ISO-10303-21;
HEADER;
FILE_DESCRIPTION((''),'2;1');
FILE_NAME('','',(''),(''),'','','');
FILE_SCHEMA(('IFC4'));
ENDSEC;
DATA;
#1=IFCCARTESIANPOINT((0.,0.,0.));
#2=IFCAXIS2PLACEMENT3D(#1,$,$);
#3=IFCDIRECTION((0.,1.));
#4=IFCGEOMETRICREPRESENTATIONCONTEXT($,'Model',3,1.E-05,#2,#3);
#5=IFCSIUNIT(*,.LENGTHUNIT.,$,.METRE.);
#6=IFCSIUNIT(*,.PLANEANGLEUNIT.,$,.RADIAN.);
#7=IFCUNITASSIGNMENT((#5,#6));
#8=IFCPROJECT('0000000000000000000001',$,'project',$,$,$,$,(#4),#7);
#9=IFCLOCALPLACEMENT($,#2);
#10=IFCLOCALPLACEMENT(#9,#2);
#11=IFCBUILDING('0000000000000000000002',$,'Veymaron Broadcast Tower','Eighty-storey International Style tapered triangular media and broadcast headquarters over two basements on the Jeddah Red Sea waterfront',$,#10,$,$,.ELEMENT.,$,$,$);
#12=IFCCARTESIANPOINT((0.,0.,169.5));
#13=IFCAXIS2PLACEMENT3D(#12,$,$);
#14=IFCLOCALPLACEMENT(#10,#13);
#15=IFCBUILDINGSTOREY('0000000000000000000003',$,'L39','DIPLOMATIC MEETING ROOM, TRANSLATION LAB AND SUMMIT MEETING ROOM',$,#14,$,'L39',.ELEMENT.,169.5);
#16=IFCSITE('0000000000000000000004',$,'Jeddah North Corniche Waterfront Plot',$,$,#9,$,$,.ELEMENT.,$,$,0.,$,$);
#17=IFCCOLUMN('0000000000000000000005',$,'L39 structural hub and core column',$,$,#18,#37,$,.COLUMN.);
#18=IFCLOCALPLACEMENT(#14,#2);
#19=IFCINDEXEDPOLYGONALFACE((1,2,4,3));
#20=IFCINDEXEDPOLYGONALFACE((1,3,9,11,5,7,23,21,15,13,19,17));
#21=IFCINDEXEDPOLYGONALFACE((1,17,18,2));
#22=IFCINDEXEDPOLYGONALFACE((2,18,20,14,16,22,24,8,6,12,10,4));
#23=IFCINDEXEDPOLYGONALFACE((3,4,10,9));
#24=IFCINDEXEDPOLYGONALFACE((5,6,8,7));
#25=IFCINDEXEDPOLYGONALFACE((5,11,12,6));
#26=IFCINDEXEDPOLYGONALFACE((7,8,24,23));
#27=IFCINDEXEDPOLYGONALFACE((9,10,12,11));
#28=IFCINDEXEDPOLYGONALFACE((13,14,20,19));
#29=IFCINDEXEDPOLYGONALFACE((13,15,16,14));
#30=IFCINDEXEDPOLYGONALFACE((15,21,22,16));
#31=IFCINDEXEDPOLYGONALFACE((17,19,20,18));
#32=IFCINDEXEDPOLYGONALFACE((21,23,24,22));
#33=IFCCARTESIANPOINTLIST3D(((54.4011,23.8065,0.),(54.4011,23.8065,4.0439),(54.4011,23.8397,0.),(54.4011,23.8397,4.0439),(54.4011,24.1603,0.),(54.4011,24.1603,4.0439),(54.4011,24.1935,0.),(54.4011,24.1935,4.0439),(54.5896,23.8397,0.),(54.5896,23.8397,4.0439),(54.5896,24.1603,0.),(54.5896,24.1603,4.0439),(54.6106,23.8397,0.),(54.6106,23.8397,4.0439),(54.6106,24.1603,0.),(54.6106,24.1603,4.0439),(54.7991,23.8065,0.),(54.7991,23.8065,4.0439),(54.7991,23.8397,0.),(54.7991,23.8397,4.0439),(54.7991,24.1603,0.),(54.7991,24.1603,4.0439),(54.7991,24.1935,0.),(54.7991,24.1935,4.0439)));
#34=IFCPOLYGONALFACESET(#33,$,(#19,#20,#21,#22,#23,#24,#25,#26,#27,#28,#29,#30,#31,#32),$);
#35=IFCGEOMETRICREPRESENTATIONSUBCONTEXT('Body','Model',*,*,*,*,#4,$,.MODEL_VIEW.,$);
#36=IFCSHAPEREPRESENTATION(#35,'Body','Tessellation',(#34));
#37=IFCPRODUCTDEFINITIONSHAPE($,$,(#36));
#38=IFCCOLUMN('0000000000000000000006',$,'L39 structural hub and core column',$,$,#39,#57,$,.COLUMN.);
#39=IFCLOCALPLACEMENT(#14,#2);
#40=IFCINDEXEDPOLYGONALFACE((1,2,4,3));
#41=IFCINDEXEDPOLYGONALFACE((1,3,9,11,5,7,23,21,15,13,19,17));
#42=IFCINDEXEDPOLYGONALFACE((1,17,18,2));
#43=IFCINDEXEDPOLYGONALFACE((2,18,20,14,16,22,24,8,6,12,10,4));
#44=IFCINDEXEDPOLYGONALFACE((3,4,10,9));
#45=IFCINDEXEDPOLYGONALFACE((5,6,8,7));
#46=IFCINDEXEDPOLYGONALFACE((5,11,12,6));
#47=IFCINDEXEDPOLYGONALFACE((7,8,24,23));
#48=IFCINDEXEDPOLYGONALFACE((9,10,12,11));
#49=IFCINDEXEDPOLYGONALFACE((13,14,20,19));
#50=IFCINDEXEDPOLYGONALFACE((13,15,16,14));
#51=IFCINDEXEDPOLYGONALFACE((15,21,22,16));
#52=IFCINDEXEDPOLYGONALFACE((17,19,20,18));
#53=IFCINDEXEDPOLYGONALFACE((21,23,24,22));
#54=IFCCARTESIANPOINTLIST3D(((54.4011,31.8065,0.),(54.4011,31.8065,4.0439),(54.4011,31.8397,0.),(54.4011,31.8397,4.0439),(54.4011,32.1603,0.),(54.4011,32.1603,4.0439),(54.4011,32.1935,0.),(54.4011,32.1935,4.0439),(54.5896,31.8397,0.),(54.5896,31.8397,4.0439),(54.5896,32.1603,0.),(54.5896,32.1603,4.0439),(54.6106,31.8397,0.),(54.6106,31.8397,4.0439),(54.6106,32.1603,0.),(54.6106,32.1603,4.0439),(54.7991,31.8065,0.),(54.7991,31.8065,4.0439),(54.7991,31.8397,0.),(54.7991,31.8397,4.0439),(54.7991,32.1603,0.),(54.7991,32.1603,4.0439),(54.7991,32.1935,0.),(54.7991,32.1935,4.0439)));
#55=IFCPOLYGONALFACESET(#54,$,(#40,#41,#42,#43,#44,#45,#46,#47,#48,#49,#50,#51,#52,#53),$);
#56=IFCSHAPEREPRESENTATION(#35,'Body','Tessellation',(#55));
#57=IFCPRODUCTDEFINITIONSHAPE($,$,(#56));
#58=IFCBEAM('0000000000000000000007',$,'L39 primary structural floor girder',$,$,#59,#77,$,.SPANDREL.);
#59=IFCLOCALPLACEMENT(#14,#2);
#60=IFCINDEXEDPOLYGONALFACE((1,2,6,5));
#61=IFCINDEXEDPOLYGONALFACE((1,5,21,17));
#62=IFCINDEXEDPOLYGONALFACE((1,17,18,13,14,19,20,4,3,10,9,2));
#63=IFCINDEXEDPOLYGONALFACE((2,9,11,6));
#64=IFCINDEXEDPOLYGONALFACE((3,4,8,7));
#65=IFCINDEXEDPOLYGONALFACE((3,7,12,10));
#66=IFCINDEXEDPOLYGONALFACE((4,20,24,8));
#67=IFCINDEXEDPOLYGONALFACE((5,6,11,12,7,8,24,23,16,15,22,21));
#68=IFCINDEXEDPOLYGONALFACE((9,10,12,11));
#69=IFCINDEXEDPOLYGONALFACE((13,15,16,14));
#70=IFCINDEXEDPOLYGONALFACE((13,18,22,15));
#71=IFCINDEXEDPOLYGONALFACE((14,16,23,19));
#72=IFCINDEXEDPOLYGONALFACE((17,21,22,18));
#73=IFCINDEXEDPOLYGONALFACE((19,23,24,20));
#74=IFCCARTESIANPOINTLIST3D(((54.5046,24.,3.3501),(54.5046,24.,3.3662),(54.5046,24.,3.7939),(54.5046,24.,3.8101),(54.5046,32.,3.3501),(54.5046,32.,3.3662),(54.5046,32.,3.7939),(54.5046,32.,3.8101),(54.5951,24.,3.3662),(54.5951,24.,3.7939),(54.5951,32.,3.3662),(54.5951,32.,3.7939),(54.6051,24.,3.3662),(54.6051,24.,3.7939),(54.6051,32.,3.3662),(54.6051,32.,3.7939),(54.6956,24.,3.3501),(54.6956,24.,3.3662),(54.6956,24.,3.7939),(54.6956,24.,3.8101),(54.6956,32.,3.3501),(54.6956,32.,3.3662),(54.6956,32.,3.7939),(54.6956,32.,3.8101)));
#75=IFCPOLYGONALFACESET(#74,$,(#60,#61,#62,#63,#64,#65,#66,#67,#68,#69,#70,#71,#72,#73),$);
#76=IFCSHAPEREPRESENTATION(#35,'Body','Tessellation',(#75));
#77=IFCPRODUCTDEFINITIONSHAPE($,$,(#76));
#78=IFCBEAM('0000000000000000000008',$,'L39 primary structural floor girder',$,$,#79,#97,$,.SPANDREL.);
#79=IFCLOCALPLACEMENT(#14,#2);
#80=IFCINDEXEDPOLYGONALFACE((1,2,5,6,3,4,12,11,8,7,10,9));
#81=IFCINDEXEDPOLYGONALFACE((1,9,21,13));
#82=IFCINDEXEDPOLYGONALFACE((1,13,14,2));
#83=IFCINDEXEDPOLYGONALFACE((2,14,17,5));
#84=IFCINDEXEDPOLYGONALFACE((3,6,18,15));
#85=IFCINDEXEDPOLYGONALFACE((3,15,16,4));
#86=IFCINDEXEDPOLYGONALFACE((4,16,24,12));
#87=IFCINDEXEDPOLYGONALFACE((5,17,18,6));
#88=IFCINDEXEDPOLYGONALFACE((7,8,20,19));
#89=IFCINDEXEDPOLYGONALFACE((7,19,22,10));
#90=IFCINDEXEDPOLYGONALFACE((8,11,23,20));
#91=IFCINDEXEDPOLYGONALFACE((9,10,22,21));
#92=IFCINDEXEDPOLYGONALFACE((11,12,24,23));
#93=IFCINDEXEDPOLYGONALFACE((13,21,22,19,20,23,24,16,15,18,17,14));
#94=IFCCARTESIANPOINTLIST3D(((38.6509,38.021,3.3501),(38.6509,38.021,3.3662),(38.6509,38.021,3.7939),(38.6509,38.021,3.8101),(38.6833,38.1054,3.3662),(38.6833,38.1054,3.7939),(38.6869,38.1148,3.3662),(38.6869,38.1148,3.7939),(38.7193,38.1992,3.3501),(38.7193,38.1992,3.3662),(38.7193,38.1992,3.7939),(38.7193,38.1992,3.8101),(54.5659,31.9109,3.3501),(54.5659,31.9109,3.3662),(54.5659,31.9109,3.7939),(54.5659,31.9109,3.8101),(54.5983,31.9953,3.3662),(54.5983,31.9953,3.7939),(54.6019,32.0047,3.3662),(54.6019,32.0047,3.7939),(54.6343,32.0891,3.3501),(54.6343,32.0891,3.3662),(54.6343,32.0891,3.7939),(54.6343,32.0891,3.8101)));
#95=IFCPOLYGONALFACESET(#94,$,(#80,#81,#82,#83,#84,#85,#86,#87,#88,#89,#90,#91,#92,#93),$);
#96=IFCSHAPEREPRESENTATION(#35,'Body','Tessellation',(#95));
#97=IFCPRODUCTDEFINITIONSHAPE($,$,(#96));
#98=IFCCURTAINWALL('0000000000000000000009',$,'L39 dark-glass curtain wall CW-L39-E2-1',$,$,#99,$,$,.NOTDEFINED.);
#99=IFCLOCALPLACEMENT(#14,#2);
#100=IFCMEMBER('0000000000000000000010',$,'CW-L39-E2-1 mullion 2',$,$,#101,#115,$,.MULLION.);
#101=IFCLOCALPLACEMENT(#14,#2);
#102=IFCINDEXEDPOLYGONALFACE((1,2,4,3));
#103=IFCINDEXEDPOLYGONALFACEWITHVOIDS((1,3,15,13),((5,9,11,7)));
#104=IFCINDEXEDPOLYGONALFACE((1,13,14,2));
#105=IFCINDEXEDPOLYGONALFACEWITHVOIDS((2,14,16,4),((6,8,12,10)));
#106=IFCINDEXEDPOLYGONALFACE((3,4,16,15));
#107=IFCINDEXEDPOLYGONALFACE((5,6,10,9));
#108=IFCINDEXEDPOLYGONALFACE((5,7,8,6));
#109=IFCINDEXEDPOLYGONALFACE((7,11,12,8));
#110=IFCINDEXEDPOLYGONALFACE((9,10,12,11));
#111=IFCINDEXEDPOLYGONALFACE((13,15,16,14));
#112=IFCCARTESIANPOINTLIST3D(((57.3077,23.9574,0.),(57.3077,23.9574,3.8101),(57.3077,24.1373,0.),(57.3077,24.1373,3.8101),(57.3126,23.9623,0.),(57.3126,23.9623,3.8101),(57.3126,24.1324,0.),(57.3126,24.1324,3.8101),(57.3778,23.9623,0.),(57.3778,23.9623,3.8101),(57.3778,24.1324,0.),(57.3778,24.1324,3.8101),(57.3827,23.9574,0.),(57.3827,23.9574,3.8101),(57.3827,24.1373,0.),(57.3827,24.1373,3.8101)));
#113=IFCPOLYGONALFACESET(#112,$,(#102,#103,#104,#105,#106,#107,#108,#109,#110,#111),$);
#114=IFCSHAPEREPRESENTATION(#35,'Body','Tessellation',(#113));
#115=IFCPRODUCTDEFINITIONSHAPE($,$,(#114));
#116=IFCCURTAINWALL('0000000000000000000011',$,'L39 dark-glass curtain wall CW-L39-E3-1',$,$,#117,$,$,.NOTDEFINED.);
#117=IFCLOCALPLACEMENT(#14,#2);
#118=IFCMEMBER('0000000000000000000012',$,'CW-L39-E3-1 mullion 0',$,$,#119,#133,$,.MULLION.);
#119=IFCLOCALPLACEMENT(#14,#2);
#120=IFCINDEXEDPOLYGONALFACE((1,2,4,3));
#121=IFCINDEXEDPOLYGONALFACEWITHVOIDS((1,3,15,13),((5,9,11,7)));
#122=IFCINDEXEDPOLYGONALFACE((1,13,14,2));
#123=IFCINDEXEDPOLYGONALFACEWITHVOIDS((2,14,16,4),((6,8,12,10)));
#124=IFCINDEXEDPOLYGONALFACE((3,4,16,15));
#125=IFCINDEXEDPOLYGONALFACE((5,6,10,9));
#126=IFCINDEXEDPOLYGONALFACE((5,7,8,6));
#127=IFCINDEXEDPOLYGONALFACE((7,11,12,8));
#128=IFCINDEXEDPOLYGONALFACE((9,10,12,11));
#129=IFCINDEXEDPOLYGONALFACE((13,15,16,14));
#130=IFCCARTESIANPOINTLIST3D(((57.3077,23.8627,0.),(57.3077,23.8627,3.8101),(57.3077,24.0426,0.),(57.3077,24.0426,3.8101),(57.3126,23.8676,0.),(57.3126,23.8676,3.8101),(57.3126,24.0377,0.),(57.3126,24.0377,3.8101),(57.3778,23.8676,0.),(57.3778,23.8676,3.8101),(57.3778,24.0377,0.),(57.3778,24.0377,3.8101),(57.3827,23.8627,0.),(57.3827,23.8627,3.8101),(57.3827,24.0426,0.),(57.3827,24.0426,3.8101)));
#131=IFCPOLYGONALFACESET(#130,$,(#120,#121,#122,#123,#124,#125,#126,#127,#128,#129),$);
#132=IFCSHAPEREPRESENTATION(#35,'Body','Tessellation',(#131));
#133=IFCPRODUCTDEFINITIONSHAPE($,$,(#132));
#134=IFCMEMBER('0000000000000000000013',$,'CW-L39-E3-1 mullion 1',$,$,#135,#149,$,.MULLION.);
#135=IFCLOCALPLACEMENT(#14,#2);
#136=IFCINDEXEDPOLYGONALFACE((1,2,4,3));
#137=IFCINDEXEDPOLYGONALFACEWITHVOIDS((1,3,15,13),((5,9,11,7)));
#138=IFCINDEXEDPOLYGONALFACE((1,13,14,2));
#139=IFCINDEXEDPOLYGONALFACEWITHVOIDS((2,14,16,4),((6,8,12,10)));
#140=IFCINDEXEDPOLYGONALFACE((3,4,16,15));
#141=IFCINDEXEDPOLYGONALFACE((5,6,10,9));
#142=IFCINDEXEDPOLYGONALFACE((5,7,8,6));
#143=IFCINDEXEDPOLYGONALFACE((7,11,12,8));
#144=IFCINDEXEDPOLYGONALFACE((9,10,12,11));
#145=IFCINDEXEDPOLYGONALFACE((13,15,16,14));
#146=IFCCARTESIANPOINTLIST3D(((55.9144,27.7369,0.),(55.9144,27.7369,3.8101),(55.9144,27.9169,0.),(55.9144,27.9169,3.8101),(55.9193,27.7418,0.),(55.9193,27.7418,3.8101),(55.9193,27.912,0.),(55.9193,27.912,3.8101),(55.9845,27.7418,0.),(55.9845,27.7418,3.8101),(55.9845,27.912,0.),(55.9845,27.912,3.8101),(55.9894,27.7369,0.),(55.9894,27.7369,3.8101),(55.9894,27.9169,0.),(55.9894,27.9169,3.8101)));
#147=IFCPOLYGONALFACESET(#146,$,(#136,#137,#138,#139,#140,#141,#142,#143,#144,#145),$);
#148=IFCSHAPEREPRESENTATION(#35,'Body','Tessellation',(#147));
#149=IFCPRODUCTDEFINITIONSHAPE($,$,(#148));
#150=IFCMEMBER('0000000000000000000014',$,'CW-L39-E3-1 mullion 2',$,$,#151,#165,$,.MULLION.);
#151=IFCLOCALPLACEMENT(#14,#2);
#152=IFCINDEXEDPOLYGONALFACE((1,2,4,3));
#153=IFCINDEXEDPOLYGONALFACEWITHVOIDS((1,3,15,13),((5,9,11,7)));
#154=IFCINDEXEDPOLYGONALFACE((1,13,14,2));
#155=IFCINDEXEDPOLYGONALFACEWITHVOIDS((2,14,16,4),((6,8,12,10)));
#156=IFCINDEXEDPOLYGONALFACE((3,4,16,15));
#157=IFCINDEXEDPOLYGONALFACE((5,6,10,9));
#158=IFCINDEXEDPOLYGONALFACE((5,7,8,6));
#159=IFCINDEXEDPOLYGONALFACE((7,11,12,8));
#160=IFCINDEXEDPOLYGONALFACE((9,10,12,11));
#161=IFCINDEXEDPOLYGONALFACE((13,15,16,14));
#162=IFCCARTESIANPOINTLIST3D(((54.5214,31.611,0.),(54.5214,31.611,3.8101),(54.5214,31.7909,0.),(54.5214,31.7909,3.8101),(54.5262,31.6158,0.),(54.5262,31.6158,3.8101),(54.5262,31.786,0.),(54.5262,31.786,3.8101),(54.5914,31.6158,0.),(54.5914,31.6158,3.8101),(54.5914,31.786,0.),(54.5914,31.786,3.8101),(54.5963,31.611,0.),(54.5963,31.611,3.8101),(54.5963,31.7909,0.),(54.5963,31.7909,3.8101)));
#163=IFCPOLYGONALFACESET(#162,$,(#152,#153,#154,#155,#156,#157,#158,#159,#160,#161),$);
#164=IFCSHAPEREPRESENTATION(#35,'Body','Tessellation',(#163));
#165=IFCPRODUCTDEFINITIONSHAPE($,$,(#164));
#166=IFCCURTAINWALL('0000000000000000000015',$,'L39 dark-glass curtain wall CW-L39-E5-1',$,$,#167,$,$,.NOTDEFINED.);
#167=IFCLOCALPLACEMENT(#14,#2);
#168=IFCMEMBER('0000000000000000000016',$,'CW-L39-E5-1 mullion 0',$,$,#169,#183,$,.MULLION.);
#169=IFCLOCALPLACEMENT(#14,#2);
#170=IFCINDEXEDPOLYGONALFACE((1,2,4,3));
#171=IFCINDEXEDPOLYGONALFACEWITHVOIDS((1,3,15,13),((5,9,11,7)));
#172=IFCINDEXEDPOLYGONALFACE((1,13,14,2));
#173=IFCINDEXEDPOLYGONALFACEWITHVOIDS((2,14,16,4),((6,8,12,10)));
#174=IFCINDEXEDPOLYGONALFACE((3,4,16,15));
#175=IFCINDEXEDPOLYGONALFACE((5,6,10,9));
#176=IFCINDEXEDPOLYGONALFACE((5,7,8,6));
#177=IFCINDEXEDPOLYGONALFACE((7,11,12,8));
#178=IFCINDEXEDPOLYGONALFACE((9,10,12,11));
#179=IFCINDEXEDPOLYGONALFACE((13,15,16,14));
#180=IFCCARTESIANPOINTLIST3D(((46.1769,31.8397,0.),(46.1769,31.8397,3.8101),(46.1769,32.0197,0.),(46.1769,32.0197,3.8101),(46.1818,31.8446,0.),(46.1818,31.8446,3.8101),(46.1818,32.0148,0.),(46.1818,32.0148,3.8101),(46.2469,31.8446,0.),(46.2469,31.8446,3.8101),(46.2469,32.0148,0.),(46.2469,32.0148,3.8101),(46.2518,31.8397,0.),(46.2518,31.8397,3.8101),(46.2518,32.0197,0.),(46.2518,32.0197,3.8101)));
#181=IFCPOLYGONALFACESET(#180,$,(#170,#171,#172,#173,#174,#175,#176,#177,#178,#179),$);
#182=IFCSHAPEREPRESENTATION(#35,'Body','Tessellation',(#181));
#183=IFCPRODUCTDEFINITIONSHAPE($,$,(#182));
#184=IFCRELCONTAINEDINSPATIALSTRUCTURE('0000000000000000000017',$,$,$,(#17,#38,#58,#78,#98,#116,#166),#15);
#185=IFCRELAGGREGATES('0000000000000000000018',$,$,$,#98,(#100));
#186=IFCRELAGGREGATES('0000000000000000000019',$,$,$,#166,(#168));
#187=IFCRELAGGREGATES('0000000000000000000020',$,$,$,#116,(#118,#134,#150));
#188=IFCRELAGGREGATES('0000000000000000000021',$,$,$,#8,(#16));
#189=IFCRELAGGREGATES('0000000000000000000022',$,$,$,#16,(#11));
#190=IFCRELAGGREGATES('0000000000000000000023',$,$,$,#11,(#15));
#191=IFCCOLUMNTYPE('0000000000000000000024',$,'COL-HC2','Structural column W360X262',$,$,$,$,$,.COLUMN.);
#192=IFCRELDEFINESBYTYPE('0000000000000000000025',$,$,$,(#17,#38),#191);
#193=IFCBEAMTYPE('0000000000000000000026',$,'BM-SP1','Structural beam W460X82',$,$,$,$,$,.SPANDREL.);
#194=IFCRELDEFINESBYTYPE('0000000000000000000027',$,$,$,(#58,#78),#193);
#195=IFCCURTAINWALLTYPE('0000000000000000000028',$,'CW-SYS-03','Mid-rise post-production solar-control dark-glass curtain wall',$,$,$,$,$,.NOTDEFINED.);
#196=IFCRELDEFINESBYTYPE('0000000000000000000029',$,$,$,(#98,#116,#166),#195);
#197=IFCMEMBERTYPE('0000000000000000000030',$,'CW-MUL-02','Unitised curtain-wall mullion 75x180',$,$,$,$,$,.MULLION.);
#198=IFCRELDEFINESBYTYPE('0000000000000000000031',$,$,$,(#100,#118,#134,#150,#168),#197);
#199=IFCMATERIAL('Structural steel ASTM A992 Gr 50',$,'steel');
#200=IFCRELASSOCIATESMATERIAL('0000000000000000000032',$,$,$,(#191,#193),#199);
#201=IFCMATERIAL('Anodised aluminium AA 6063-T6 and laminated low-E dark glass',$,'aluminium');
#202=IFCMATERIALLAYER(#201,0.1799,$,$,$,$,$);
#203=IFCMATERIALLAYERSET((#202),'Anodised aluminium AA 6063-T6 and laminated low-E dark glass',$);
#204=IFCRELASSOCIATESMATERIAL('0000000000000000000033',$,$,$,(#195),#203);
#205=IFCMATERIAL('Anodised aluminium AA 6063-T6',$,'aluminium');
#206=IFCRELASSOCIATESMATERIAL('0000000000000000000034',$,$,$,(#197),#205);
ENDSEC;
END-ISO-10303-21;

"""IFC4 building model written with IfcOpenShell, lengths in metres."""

from ifc_helpers import new_model, si_unit, direction, frame, origin, origin_2d, place, context, subcontext, project, spatial, hollow_rectangle, i_section, extrude, material, layer, layer_set, material_profile, profile_set, type_object, element, aggregate, save


model = new_model("IFC4")

# Units and contexts
model_context = context("Model", 3, precision=1e-05, world=origin(), true_north=direction((0.0, 1.0)))
body_context = subcontext(model_context, "Body", "Model", "MODEL_VIEW")
ifc_project = project(units=[si_unit("LENGTHUNIT", "METRE"), si_unit("PLANEANGLEUNIT", "RADIAN")], contexts=[model_context])

# Site, building, storey
site_placement = place(None, origin())
site = spatial("IfcSite", under=ifc_project, at=site_placement, Name="Jeddah North Corniche Waterfront Plot", CompositionType="ELEMENT", RefElevation=0.0)
building_placement = place(site_placement, origin())
building = spatial("IfcBuilding", under=site, at=building_placement, Name="Veymaron Broadcast Tower", Description="Eighty-storey International Style tapered triangular media and broadcast headquarters over two basements on the Jeddah Red Sea waterfront", CompositionType="ELEMENT")
storey_placement = place(building_placement, frame((0.0, 0.0, 169.5)))
storey = spatial("IfcBuildingStorey", under=building, at=storey_placement, Name="L39", Description="DIPLOMATIC MEETING ROOM, TRANSLATION LAB AND SUMMIT MEETING ROOM", LongName="L39", CompositionType="ELEMENT", Elevation=169.5)

# Columns
ifc_material_1 = material(Name="Structural steel ASTM A992 Gr 50", Category="steel")
ifc_material_profile_1 = material_profile(ifc_material_1, i_section(OverallWidth=0.3979, OverallDepth=0.387, WebThickness=0.021, FlangeThickness=0.0332, at=origin_2d()), Name="W360X262")
ifc_profile_set_1 = profile_set([ifc_material_profile_1], Name="Structural steel ASTM A992 Gr 50")
column_type = type_object("IfcColumnType", Name="COL-HC2", Description="Structural column W360X262", PredefinedType="COLUMN", material=ifc_profile_set_1)
for number, where, z_axis, x_axis, name in (
    (1, (54.6001, 24.0, 0.0), (0.0, 0.0, 1.0), (1.0, 0.0, 0.0), "L39 structural hub and core column"),
    (2, (54.6001, 32.0, 0.0), (0.0, 0.0, 1.0), (1.0, 0.0, 0.0), "L39 structural hub and core column"),
):
    element("IfcColumn", number, at=place(storey_placement, frame(where, z_axis=z_axis, x_axis=x_axis)), inside=storey, type_object=column_type, Name=name, PredefinedType="COLUMN", context=body_context, shape_type="SweptSolid", body=[
        extrude(i_section(OverallWidth=0.3979, OverallDepth=0.387, WebThickness=0.021, FlangeThickness=0.0332, at=origin_2d()), origin(), (0.0, 0.0, 1.0), 4.0439),
    ])

# Beams
ifc_material_profile_2 = material_profile(ifc_material_1, i_section(OverallWidth=0.1909, OverallDepth=0.46, WebThickness=0.01, FlangeThickness=0.0161, at=origin_2d()), Name="W460X82")
ifc_profile_set_2 = profile_set([ifc_material_profile_2], Name="Structural steel ASTM A992 Gr 50")
beam_type = type_object("IfcBeamType", Name="BM-SP1", Description="Structural beam W460X82", PredefinedType="SPANDREL", material=ifc_profile_set_2)
beam_1_placement = place(storey_placement, frame((54.6001, 24.0, 3.5801), z_axis=(0.0, 1.0, 0.0), x_axis=(-1.0, 0.0, 0.0)))
element("IfcBeam", 3, at=beam_1_placement, inside=storey, type_object=beam_type, Name="L39 primary structural floor girder", PredefinedType="SPANDREL", context=body_context, shape_type="SweptSolid", body=[
    extrude(i_section(OverallWidth=0.1909, OverallDepth=0.46, WebThickness=0.01, FlangeThickness=0.0161, at=origin_2d()), origin(), (0.0, 0.0, 1.0), 8.0),
])
beam_2_placement = place(storey_placement, frame((54.6001, 32.0, 3.5801), z_axis=(-0.933563, 0.358414, 0.0), x_axis=(-0.358414, -0.933563, 0.0)))
element("IfcBeam", 4, at=beam_2_placement, inside=storey, type_object=beam_type, Name="L39 primary structural floor girder", PredefinedType="SPANDREL", context=body_context, shape_type="SweptSolid", body=[
    extrude(i_section(OverallWidth=0.1909, OverallDepth=0.46, WebThickness=0.01, FlangeThickness=0.0161, at=origin_2d()), origin(), (0.0, 0.0, 1.0), 17.0476),
])

# Curtain wall, member
ifc_material_2 = material(Name="Anodised aluminium AA 6063-T6 and laminated low-E dark glass", Category="aluminium")
ifc_layer_1 = layer(ifc_material_2, 0.1799)
ifc_layer_set_1 = layer_set([ifc_layer_1], Name="Anodised aluminium AA 6063-T6 and laminated low-E dark glass")
curtain_wall_type = type_object("IfcCurtainWallType", Name="CW-SYS-03", Description="Mid-rise post-production solar-control dark-glass curtain wall", PredefinedType="NOTDEFINED", material=ifc_layer_set_1)
curtain_wall_1_placement = place(storey_placement, origin())
curtain_wall_1 = element("IfcCurtainWall", 5, at=curtain_wall_1_placement, inside=storey, type_object=curtain_wall_type, Name="L39 dark-glass curtain wall CW-L39-E2-1", PredefinedType="NOTDEFINED")
ifc_material_3 = material(Name="Anodised aluminium AA 6063-T6", Category="aluminium")
ifc_material_profile_3 = material_profile(ifc_material_3, hollow_rectangle(XDim=0.075, YDim=0.1799, WallThickness=0.0049, at=origin_2d()), Name="AL180X75X5")
ifc_profile_set_3 = profile_set([ifc_material_profile_3], Name="Anodised aluminium AA 6063-T6")
member_type_1 = type_object("IfcMemberType", Name="CW-MUL-02", Description="Unitised curtain-wall mullion 75x180", PredefinedType="MULLION", material=ifc_profile_set_3)
member_1_placement = place(storey_placement, frame((57.3452, 24.0474, 0.0), z_axis=(0.0, 0.0, 1.0), x_axis=(1.0, 0.0, 0.0)))
member_1 = element("IfcMember", 6, at=member_1_placement, type_object=member_type_1, Name="CW-L39-E2-1 mullion 2", PredefinedType="MULLION", context=body_context, shape_type="SweptSolid", body=[
    extrude(hollow_rectangle(XDim=0.075, YDim=0.1799, WallThickness=0.0049, at=origin_2d()), origin(), (0.0, 0.0, 1.0), 3.8101),
])
aggregate(curtain_wall_1, [member_1])

# Curtain wall, members
curtain_wall_2_placement = place(storey_placement, origin())
curtain_wall_2 = element("IfcCurtainWall", 7, at=curtain_wall_2_placement, inside=storey, type_object=curtain_wall_type, Name="L39 dark-glass curtain wall CW-L39-E3-1", PredefinedType="NOTDEFINED")
member_2_placement = place(storey_placement, frame((57.3452, 23.9526, 0.0), z_axis=(0.0, 0.0, 1.0), x_axis=(1.0, 0.0, 0.0)))
member_2 = element("IfcMember", 8, at=member_2_placement, type_object=member_type_1, Name="CW-L39-E3-1 mullion 0", PredefinedType="MULLION", context=body_context, shape_type="SweptSolid", body=[
    extrude(hollow_rectangle(XDim=0.075, YDim=0.1799, WallThickness=0.0049, at=origin_2d()), origin(), (0.0, 0.0, 1.0), 3.8101),
])
member_3_placement = place(storey_placement, frame((55.9519, 27.8269, 0.0), z_axis=(0.0, 0.0, 1.0), x_axis=(1.0, 0.0, 0.0)))
member_3 = element("IfcMember", 9, at=member_3_placement, type_object=member_type_1, Name="CW-L39-E3-1 mullion 1", PredefinedType="MULLION", context=body_context, shape_type="SweptSolid", body=[
    extrude(hollow_rectangle(XDim=0.075, YDim=0.1799, WallThickness=0.0049, at=origin_2d()), origin(), (0.0, 0.0, 1.0), 3.8101),
])
member_4_placement = place(storey_placement, frame((54.5588, 31.7009, 0.0), z_axis=(0.0, 0.0, 1.0), x_axis=(1.0, 0.0, 0.0)))
member_4 = element("IfcMember", 10, at=member_4_placement, type_object=member_type_1, Name="CW-L39-E3-1 mullion 2", PredefinedType="MULLION", context=body_context, shape_type="SweptSolid", body=[
    extrude(hollow_rectangle(XDim=0.075, YDim=0.1799, WallThickness=0.0049, at=origin_2d()), origin(), (0.0, 0.0, 1.0), 3.8101),
])

# Curtain wall, member
curtain_wall_3_placement = place(storey_placement, origin())
curtain_wall_3 = element("IfcCurtainWall", 11, at=curtain_wall_3_placement, inside=storey, type_object=curtain_wall_type, Name="L39 dark-glass curtain wall CW-L39-E5-1", PredefinedType="NOTDEFINED")
member_5_placement = place(storey_placement, frame((46.2144, 31.9297, 0.0), z_axis=(0.0, 0.0, 1.0), x_axis=(1.0, 0.0, 0.0)))
member_5 = element("IfcMember", 12, at=member_5_placement, type_object=member_type_1, Name="CW-L39-E5-1 mullion 0", PredefinedType="MULLION", context=body_context, shape_type="SweptSolid", body=[
    extrude(hollow_rectangle(XDim=0.075, YDim=0.1799, WallThickness=0.0049, at=origin_2d()), origin(), (0.0, 0.0, 1.0), 3.8101),
])

aggregate(curtain_wall_3, [member_5])

aggregate(curtain_wall_2, [member_2, member_3, member_4])

save(model, "model.ifc")
